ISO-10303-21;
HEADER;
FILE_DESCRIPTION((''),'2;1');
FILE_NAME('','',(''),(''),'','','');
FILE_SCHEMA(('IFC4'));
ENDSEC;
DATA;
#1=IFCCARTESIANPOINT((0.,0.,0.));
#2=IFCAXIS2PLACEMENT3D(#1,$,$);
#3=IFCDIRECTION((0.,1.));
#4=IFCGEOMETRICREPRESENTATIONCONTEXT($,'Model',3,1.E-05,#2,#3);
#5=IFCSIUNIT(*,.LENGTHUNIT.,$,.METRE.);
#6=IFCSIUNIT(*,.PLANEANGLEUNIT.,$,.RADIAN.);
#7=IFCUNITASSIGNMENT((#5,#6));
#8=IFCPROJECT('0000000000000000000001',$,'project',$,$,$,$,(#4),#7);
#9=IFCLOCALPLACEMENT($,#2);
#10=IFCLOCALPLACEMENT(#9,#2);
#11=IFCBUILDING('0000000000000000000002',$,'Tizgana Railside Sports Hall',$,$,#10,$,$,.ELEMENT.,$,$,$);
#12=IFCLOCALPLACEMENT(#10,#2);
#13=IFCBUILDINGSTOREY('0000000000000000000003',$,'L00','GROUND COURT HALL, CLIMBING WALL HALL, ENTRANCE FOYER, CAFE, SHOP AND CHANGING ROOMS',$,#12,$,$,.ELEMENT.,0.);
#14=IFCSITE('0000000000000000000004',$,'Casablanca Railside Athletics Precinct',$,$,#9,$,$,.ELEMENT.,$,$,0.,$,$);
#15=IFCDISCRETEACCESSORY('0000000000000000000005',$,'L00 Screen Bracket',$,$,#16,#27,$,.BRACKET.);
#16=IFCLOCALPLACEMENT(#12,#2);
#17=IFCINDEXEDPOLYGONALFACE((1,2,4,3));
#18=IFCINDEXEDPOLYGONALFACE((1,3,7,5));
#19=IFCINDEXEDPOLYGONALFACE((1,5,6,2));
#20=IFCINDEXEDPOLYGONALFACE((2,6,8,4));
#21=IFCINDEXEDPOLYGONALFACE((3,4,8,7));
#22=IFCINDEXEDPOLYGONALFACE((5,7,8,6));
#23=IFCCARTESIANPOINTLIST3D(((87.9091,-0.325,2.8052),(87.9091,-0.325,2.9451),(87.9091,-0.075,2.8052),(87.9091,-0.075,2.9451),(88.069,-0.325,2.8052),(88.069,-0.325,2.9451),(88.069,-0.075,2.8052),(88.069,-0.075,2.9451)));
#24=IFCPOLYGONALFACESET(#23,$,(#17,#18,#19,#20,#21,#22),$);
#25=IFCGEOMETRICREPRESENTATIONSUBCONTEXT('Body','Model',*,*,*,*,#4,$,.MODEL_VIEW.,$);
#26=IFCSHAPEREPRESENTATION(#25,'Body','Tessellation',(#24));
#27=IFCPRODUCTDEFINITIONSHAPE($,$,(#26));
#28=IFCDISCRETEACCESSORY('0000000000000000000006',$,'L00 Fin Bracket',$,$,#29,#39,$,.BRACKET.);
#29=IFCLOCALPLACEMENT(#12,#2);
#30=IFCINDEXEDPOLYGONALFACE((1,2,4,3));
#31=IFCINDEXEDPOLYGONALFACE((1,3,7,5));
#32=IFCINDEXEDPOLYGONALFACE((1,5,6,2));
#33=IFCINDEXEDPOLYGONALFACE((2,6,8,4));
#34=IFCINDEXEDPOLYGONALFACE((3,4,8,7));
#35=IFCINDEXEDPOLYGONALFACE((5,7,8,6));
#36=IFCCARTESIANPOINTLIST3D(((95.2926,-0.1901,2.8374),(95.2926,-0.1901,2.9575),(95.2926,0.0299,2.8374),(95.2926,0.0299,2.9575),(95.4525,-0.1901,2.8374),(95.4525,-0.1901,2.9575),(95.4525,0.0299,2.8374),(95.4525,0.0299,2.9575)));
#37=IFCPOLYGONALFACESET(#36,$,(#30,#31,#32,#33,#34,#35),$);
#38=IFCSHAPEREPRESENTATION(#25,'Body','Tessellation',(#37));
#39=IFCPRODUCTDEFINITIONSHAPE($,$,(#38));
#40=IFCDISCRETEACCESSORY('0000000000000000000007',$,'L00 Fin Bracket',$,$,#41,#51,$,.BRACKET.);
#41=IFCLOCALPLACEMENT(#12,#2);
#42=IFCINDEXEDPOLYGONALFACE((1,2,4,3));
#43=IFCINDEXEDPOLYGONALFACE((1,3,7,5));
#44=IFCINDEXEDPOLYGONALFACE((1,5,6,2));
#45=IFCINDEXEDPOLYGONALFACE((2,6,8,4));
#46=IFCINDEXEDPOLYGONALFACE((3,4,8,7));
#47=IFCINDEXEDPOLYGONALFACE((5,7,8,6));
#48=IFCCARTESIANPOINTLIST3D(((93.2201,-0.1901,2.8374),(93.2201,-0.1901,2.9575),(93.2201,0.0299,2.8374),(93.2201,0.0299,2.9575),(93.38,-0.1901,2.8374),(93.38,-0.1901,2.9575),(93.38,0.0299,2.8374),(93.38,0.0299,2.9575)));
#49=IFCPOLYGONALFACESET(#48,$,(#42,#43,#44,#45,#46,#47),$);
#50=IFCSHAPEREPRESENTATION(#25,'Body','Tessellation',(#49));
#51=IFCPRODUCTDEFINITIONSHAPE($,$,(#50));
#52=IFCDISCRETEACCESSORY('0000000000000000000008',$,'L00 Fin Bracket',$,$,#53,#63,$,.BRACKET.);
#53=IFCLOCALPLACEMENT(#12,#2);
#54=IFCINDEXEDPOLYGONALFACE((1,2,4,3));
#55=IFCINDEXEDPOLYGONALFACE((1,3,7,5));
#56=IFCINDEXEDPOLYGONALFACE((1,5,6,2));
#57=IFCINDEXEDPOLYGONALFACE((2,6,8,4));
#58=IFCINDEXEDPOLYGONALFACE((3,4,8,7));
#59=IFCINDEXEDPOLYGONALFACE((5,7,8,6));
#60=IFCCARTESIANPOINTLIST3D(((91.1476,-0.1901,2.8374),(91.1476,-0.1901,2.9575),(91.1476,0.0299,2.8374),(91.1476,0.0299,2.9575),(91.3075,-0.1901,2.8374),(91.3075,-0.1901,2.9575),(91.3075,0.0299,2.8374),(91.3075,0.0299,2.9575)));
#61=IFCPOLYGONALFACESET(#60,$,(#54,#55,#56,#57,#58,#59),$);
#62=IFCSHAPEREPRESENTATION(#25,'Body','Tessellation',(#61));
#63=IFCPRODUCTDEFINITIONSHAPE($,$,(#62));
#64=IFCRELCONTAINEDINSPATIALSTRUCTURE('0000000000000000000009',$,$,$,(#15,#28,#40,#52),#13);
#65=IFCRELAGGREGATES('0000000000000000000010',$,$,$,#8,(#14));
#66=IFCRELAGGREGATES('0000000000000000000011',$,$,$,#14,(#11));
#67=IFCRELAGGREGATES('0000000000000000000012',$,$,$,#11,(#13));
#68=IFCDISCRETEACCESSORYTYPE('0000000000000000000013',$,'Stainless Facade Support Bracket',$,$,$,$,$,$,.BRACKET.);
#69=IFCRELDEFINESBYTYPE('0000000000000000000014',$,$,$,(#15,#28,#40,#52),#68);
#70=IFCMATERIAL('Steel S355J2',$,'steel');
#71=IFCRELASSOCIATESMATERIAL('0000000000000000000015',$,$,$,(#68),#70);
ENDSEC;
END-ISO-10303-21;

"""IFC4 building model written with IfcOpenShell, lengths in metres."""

from ifc_helpers import new_model, si_unit, direction, frame, origin, origin_2d, place, context, subcontext, project, spatial, rectangle, extrude, material, type_object, element, save


model = new_model("IFC4")

# Units and contexts
model_context = context("Model", 3, precision=1e-05, world=origin(), true_north=direction((0.0, 1.0)))
body_context = subcontext(model_context, "Body", "Model", "MODEL_VIEW")
ifc_project = project(units=[si_unit("LENGTHUNIT", "METRE"), si_unit("PLANEANGLEUNIT", "RADIAN")], contexts=[model_context])

# Site, building, storey
site_placement = place(None, origin())
site = spatial("IfcSite", under=ifc_project, at=site_placement, Name="Casablanca Railside Athletics Precinct", CompositionType="ELEMENT", RefElevation=0.0)
building_placement = place(site_placement, origin())
building = spatial("IfcBuilding", under=site, at=building_placement, Name="Tizgana Railside Sports Hall", CompositionType="ELEMENT")
storey_placement = place(building_placement, origin())
storey = spatial("IfcBuildingStorey", under=building, at=storey_placement, Name="L00", Description="GROUND COURT HALL, CLIMBING WALL HALL, ENTRANCE FOYER, CAFE, SHOP AND CHANGING ROOMS", CompositionType="ELEMENT", Elevation=0.0)

# Shared definitions
ifc_material_1 = material(Name="Steel S355J2", Category="steel")

# Discrete accessories
discrete_accessory_type = type_object("IfcDiscreteAccessoryType", Name="Stainless Facade Support Bracket", PredefinedType="BRACKET", material=ifc_material_1)
discrete_accessory_placement = place(storey_placement, frame((87.989, -0.2, 2.8052), z_axis=(0.0, 0.0, 1.0), x_axis=(-1.0, 0.0, 0.0)))
element("IfcDiscreteAccessory", 1, at=discrete_accessory_placement, inside=storey, type_object=discrete_accessory_type, Name="L00 Screen Bracket", PredefinedType="BRACKET", context=body_context, shape_type="SweptSolid", body=[
    extrude(rectangle(XDim=0.1599, YDim=0.25, at=origin_2d()), origin(), (0.0, 0.0, 1.0), 0.1399),
])
for number, where, z_axis, x_axis, name in (
    (2, (95.3726, -0.0801, 2.8374), (0.0, 0.0, 1.0), (-1.0, 0.0, 0.0), "L00 Fin Bracket"),
    (3, (93.3, -0.0801, 2.8374), (0.0, 0.0, 1.0), (-1.0, 0.0, 0.0), "L00 Fin Bracket"),
    (4, (91.2275, -0.0801, 2.8374), (0.0, 0.0, 1.0), (-1.0, 0.0, 0.0), "L00 Fin Bracket"),
):
    element("IfcDiscreteAccessory", number, at=place(storey_placement, frame(where, z_axis=z_axis, x_axis=x_axis)), inside=storey, type_object=discrete_accessory_type, Name=name, PredefinedType="BRACKET", context=body_context, shape_type="SweptSolid", body=[
        extrude(rectangle(XDim=0.1599, YDim=0.22, at=origin_2d()), origin(), (0.0, 0.0, 1.0), 0.1201),
    ])

save(model, "model.ifc")
